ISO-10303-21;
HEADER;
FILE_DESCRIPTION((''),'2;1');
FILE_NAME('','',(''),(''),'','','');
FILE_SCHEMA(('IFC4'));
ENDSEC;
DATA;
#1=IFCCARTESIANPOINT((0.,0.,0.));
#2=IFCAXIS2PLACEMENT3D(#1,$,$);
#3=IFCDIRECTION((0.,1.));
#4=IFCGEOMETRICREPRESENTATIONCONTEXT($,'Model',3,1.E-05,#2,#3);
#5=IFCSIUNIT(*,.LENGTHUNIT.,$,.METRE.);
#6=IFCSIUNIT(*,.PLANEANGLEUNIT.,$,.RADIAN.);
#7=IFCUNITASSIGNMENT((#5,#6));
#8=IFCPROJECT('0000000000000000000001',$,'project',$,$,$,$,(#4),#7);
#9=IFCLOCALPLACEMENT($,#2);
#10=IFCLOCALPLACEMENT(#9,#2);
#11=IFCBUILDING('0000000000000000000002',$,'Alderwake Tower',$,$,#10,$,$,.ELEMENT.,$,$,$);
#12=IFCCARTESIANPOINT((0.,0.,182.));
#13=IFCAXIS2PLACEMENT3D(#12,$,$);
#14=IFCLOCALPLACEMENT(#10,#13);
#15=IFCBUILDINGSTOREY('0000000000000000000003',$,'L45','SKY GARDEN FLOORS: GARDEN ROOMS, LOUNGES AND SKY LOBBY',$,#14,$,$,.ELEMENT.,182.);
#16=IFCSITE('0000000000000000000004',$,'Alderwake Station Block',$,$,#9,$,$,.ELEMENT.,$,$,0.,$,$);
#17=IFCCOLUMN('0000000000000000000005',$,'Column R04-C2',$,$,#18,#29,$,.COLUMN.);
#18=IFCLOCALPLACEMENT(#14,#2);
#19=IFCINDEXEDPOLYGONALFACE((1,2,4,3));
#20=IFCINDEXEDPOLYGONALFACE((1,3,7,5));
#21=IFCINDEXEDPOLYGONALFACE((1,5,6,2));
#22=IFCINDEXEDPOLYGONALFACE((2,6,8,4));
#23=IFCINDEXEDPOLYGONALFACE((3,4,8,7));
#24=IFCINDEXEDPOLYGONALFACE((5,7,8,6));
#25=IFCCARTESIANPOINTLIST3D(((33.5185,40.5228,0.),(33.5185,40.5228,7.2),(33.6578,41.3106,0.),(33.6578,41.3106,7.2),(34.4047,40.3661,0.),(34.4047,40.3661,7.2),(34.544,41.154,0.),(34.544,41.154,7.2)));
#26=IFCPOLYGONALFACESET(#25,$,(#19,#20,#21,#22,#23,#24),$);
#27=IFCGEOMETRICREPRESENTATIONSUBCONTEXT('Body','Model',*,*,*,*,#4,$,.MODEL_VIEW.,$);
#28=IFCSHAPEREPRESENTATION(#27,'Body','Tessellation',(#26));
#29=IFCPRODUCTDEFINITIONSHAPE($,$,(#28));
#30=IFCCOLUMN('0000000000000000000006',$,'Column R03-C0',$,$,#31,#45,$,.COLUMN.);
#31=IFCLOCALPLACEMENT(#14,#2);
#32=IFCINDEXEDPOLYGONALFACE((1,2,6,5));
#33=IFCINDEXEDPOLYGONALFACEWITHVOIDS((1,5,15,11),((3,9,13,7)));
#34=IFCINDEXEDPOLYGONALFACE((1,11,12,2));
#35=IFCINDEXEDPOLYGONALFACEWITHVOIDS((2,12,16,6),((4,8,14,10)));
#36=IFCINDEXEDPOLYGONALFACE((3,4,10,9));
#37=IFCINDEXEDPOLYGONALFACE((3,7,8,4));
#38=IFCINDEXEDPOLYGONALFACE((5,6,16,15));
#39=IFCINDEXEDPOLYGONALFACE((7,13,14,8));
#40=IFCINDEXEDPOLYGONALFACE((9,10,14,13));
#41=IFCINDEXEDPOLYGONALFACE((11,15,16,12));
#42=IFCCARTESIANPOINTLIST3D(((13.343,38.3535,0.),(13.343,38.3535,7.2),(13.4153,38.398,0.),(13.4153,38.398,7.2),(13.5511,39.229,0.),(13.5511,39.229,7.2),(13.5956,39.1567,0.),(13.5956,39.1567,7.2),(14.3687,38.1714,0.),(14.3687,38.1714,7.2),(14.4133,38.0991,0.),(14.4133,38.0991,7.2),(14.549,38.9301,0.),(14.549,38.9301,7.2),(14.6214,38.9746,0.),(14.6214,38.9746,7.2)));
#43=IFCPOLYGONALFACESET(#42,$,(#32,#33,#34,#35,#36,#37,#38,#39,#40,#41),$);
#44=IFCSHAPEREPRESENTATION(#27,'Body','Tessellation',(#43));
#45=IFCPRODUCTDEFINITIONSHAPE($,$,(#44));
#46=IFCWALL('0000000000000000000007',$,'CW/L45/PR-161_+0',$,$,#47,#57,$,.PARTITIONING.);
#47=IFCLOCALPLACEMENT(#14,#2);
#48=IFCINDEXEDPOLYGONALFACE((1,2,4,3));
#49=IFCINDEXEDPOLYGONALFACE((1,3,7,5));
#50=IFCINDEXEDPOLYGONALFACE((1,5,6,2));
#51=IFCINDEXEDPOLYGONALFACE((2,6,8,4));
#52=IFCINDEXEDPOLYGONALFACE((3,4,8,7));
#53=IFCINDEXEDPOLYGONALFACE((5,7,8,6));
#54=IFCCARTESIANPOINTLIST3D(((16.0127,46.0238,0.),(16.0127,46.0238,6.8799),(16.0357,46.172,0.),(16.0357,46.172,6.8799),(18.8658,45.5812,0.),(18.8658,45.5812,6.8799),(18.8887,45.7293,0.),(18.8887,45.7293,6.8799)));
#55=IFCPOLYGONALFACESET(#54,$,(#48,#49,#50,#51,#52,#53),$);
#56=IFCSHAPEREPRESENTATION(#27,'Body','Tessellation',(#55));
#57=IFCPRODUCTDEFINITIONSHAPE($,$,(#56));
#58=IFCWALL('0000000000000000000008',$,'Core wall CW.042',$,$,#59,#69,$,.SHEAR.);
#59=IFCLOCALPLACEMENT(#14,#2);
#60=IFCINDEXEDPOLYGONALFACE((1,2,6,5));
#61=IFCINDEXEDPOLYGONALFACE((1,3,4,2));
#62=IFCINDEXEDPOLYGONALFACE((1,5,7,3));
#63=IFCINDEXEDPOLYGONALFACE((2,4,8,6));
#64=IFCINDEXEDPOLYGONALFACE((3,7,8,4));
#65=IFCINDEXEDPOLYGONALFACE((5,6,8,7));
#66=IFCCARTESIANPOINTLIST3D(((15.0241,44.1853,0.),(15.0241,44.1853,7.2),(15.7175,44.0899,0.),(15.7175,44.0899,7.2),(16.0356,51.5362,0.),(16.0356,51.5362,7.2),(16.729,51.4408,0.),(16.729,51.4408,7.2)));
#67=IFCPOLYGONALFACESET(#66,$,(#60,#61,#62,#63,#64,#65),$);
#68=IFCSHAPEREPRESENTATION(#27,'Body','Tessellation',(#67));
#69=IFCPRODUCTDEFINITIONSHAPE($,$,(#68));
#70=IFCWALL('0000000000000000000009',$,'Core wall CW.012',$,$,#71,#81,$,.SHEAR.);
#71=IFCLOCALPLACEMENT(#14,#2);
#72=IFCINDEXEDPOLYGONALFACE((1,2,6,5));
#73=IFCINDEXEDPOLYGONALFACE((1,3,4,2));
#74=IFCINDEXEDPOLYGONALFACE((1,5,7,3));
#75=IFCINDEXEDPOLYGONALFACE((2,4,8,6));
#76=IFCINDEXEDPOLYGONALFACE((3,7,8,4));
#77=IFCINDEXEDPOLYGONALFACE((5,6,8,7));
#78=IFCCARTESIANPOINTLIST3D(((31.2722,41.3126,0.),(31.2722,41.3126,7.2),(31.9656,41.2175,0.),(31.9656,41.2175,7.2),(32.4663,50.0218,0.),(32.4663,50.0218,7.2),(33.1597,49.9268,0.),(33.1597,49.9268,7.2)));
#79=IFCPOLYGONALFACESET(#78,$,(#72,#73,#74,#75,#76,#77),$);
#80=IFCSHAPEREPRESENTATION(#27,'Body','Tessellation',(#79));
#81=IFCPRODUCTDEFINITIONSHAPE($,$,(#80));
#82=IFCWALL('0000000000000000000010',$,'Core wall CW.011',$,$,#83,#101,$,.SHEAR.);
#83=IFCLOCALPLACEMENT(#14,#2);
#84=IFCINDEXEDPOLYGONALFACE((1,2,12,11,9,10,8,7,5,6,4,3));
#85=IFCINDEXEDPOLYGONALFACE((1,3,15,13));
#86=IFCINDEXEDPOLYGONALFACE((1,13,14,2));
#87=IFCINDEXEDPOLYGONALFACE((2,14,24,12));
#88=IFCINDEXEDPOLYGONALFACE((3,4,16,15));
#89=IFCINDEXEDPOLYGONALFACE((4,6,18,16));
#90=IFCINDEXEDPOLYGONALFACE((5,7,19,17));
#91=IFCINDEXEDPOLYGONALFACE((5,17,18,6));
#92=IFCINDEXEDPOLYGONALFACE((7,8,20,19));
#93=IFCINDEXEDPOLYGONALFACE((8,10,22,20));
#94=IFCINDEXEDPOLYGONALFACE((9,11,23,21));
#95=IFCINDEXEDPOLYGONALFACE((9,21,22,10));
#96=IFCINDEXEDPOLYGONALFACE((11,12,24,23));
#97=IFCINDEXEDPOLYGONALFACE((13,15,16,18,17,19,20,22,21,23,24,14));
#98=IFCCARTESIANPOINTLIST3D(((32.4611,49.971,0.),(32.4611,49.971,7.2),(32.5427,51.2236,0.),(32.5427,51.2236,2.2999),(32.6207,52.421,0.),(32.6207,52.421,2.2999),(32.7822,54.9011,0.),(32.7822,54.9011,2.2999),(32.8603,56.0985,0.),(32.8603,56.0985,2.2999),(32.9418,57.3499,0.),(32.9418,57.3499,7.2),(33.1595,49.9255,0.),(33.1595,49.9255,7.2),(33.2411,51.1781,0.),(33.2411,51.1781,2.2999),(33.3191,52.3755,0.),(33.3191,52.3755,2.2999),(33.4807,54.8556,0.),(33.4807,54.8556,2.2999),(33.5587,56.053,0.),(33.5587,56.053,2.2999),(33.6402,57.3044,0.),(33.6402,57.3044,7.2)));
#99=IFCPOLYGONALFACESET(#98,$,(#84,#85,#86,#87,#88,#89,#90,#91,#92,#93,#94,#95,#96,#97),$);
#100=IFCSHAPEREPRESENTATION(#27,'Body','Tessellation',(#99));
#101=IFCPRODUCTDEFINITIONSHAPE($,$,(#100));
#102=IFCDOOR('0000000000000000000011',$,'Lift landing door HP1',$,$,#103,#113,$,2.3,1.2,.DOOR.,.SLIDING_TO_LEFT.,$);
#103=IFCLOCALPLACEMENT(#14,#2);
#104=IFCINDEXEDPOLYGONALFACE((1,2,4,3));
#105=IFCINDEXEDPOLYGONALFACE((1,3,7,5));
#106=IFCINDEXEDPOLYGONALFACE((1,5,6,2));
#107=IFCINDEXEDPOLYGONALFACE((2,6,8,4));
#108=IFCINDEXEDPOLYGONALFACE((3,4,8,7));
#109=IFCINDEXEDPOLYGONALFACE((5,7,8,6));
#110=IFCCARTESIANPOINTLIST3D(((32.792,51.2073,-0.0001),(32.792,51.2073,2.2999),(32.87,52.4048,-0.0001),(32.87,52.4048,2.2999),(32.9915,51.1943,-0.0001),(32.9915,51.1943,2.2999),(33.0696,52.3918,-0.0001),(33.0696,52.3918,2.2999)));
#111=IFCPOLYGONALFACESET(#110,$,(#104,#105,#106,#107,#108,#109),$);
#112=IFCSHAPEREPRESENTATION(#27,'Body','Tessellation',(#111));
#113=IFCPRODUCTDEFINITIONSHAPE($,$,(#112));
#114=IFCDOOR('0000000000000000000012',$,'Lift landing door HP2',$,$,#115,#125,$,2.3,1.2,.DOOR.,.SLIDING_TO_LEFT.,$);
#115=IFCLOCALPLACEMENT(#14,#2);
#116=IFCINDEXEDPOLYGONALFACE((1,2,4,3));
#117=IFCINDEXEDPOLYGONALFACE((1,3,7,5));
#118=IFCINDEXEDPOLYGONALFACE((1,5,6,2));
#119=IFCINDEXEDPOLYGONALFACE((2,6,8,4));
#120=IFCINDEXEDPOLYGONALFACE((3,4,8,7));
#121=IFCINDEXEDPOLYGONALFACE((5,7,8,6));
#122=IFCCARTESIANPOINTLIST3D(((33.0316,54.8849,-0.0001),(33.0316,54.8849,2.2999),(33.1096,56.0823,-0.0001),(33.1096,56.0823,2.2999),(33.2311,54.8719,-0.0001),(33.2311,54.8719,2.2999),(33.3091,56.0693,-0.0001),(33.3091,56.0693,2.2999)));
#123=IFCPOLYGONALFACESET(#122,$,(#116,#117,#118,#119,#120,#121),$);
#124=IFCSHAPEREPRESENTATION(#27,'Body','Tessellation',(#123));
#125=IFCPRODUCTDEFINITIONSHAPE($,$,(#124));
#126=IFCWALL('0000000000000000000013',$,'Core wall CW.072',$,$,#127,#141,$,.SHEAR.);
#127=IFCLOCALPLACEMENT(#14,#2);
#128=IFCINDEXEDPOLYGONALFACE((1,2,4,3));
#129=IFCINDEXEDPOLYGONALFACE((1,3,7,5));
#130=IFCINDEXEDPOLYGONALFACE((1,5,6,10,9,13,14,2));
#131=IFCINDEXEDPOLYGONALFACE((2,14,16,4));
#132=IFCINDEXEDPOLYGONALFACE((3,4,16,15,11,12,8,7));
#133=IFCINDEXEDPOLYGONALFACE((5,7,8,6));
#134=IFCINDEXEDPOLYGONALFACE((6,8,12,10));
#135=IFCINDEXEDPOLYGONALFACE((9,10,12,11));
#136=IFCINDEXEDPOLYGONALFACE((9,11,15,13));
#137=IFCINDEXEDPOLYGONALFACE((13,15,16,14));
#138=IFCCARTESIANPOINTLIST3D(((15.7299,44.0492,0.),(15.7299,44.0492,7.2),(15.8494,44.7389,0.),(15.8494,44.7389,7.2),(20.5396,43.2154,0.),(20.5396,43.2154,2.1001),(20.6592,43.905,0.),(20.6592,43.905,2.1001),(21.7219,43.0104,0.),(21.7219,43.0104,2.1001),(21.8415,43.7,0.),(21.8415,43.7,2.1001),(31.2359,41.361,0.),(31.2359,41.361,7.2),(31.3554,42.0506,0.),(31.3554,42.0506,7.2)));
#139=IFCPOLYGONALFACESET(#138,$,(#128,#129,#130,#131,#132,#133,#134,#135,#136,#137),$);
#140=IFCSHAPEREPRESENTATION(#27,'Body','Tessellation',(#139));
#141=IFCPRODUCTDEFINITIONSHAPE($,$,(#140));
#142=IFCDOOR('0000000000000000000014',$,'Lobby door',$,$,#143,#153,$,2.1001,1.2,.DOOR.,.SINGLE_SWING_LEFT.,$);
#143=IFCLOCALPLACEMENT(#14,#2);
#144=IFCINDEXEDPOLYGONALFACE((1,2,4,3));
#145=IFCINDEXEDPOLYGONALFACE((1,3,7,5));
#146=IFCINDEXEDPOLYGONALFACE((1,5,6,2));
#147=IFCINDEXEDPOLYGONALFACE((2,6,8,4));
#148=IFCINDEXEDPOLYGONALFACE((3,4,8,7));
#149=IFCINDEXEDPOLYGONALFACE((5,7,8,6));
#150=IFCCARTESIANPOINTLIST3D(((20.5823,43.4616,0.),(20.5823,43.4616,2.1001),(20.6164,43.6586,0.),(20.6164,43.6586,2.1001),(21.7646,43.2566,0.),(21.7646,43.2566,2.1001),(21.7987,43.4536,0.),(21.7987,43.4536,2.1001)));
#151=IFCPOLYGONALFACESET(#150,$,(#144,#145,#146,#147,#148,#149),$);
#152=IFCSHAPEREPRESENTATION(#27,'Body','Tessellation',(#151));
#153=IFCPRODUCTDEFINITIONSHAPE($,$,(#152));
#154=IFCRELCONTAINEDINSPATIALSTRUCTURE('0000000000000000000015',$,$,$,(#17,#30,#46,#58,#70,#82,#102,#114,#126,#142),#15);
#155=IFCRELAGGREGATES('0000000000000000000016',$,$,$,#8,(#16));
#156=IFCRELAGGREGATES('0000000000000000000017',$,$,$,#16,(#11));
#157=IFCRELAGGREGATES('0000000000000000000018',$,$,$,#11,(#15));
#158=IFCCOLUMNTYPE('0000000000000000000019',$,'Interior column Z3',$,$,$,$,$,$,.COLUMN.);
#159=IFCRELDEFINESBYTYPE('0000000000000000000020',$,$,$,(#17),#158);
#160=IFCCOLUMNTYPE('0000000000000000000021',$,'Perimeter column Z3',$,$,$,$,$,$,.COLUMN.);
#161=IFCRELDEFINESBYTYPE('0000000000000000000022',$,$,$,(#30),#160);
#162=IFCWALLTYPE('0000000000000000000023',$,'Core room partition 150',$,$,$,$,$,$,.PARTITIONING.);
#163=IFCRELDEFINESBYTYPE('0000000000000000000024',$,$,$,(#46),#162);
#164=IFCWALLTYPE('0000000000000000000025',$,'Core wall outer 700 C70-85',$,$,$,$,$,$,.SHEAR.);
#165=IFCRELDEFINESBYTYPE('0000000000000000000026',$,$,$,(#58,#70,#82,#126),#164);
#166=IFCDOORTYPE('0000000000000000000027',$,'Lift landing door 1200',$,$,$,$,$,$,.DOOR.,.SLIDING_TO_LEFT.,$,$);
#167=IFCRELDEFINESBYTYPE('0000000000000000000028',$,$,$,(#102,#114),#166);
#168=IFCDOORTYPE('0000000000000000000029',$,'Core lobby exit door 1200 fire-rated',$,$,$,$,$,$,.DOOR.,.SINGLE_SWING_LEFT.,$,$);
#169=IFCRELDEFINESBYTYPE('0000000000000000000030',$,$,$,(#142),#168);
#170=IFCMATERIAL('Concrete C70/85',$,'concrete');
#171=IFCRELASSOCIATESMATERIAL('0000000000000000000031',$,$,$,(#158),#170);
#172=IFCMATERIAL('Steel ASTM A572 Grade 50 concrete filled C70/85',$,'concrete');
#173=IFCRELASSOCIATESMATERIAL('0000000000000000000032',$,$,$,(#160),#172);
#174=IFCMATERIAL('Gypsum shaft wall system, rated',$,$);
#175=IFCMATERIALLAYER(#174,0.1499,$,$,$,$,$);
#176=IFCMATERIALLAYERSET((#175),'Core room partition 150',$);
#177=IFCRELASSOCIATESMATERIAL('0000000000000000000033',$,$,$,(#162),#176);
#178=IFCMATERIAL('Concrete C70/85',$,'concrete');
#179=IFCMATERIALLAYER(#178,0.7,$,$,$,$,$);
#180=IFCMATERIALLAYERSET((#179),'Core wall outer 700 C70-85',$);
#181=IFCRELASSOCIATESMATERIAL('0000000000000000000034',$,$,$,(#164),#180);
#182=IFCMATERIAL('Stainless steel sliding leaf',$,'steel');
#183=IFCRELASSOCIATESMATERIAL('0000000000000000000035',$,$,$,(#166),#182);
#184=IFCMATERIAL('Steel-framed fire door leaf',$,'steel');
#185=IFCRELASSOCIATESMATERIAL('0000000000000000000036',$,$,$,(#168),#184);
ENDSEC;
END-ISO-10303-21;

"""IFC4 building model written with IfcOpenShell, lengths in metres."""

from ifc_helpers import new_model, si_unit, direction, frame, frame_2d, origin, origin_2d, place, context, subcontext, project, spatial, rectangle, hollow_rectangle, extrude, material, layer, layer_set, material_profile, profile_set, type_object, element, fill, save


model = new_model("IFC4")

# Units and contexts
model_context = context("Model", 3, precision=1e-05, world=origin(), true_north=direction((0.0, 1.0)))
body_context = subcontext(model_context, "Body", "Model", "MODEL_VIEW")
ifc_project = project(units=[si_unit("LENGTHUNIT", "METRE"), si_unit("PLANEANGLEUNIT", "RADIAN")], contexts=[model_context])

# Site, building, storey
site_placement = place(None, origin())
site = spatial("IfcSite", under=ifc_project, at=site_placement, Name="Alderwake Station Block", CompositionType="ELEMENT", RefElevation=0.0)
building_placement = place(site_placement, origin())
building = spatial("IfcBuilding", under=site, at=building_placement, Name="Alderwake Tower", CompositionType="ELEMENT")
storey_placement = place(building_placement, frame((0.0, 0.0, 182.0)))
storey = spatial("IfcBuildingStorey", under=building, at=storey_placement, Name="L45", Description="SKY GARDEN FLOORS: GARDEN ROOMS, LOUNGES AND SKY LOBBY", CompositionType="ELEMENT", Elevation=182.0)

# Columns
ifc_material_1 = material(Name="Concrete C70/85", Category="concrete")
ifc_material_profile_1 = material_profile(ifc_material_1, rectangle(XDim=0.8, YDim=0.8999, at=origin_2d()), Name="RC 900X800")
ifc_profile_set_1 = profile_set([ifc_material_profile_1], Name="Concrete C70/85")
column_type_1 = type_object("IfcColumnType", Name="Interior column Z3", PredefinedType="COLUMN", material=ifc_profile_set_1)
column_1_placement = place(storey_placement, frame((34.0312, 40.8384, 0.0), z_axis=(0.0, 0.0, 1.0), x_axis=(0.174109, 0.984726, 0.0)))
element("IfcColumn", 1, at=column_1_placement, inside=storey, type_object=column_type_1, Name="Column R04-C2", PredefinedType="COLUMN", context=body_context, shape_type="SweptSolid", body=[
    extrude(rectangle(XDim=0.8, YDim=0.8999, at=origin_2d()), origin(), (0.0, 0.0, 1.0), 7.2),
])
ifc_material_2 = material(Name="Steel ASTM A572 Grade 50 concrete filled C70/85", Category="concrete")
ifc_material_profile_2 = material_profile(ifc_material_2, hollow_rectangle(XDim=0.8999, YDim=1.1001, WallThickness=0.0601, at=origin_2d()), Name="BOX 1100X900X60")
ifc_profile_set_2 = profile_set([ifc_material_profile_2], Name="Steel ASTM A572 Grade 50 concrete filled C70/85")
column_type_2 = type_object("IfcColumnType", Name="Perimeter column Z3", PredefinedType="COLUMN", material=ifc_profile_set_2)
column_2_placement = place(storey_placement, frame((13.9822, 38.6641, 0.0), z_axis=(0.0, 0.0, 1.0), x_axis=(0.231222, 0.972901, 0.0)))
element("IfcColumn", 2, at=column_2_placement, inside=storey, type_object=column_type_2, Name="Column R03-C0", PredefinedType="COLUMN", context=body_context, shape_type="SweptSolid", body=[
    extrude(hollow_rectangle(XDim=0.8999, YDim=1.1001, WallThickness=0.0601, at=origin_2d()), origin(), (0.0, 0.0, 1.0), 7.2),
])

# Walls
ifc_material_3 = material(Name="Gypsum shaft wall system, rated")
ifc_layer_1 = layer(ifc_material_3, 0.1499)
ifc_layer_set_1 = layer_set([ifc_layer_1], Name="Core room partition 150")
wall_type_1 = type_object("IfcWallType", Name="Core room partition 150", PredefinedType="PARTITIONING", material=ifc_layer_set_1)
wall_1_placement = place(storey_placement, frame((16.0242, 46.0979, 0.0), z_axis=(0.0, 0.0, 1.0), x_axis=(0.988178, -0.153309, 0.0)))
element("IfcWall", 3, at=wall_1_placement, inside=storey, type_object=wall_type_1, Name="CW/L45/PR-161_+0", PredefinedType="PARTITIONING", context=body_context, shape_type="SweptSolid", body=[
    extrude(rectangle(XDim=2.8872, YDim=0.1499, at=frame_2d((1.4436, 0.0))), origin(), (0.0, 0.0, 1.0), 6.8799),
])
ifc_material_4 = material(Name="Concrete C70/85", Category="concrete")
ifc_layer_2 = layer(ifc_material_4, 0.7)
ifc_layer_set_2 = layer_set([ifc_layer_2], Name="Core wall outer 700 C70-85")
wall_type_2 = type_object("IfcWallType", Name="Core wall outer 700 C70-85", PredefinedType="SHEAR", material=ifc_layer_set_2)
wall_2_placement = place(storey_placement, frame((15.3708, 44.1377, 0.0), z_axis=(0.0, 0.0, 1.0), x_axis=(0.136316, 0.990665, 0.0)))
element("IfcWall", 4, at=wall_2_placement, inside=storey, type_object=wall_type_2, Name="Core wall CW.042", PredefinedType="SHEAR", context=body_context, shape_type="SweptSolid", body=[
    extrude(rectangle(XDim=7.4202, YDim=0.7, at=frame_2d((3.71, 0.0))), origin(), (0.0, 0.0, 1.0), 7.2),
])
wall_3_placement = place(storey_placement, frame((31.6189, 41.2649, 0.0), z_axis=(0.0, 0.0, 1.0), x_axis=(0.135836, 0.990731, 0.0)))
element("IfcWall", 5, at=wall_3_placement, inside=storey, type_object=wall_type_2, Name="Core wall CW.012", PredefinedType="SHEAR", context=body_context, shape_type="SweptSolid", body=[
    extrude(rectangle(XDim=8.7908, YDim=0.7, at=frame_2d((4.3955, 0.0))), origin(), (0.0, 0.0, 1.0), 7.2),
])

# Wall, openings, doors
wall_4_placement = place(storey_placement, frame((32.8103, 49.9482, 0.0), z_axis=(0.0, 0.0, 1.0), x_axis=(0.065009, 0.997885, 0.0)))
wall_4 = element("IfcWall", 6, at=wall_4_placement, inside=storey, type_object=wall_type_2, Name="Core wall CW.011", PredefinedType="SHEAR", context=body_context, shape_type="SweptSolid", body=[
    extrude(rectangle(XDim=7.3945, YDim=0.7, at=frame_2d((3.6973, 0.0))), origin(), (0.0, 0.0, 1.0), 7.2),
])
opening_1_placement = place(wall_4_placement, frame((1.2551, 0.0, 0.0)))
opening_1 = element("IfcOpeningElement", 7, at=opening_1_placement, cuts=wall_4, PredefinedType="OPENING", context=body_context, shape_type="SweptSolid", body=[
    extrude(rectangle(XDim=1.2, YDim=2.3, at=frame_2d((0.6001, 1.1499))), frame((0.0, 0.3599, 0.0), z_axis=(0.0, -1.0, 0.0), x_axis=(1.0, 0.0, 0.0)), (0.0, 0.0, 1.0), 0.72),
])
opening_2_placement = place(wall_4_placement, frame((4.9404, 0.0, 0.0)))
opening_2 = element("IfcOpeningElement", 8, at=opening_2_placement, cuts=wall_4, PredefinedType="OPENING", context=body_context, shape_type="SweptSolid", body=[
    extrude(rectangle(XDim=1.2, YDim=2.3, at=frame_2d((0.6001, 1.1499))), frame((0.0, 0.3599, 0.0), z_axis=(0.0, -1.0, 0.0), x_axis=(1.0, 0.0, 0.0)), (0.0, 0.0, 1.0), 0.72),
])
ifc_material_5 = material(Name="Stainless steel sliding leaf", Category="steel")
door_type_1 = type_object("IfcDoorType", Name="Lift landing door 1200", OperationType="SLIDING_TO_LEFT", PredefinedType="DOOR", material=ifc_material_5)
door_1_placement = place(opening_1_placement, origin())
door_1 = element("IfcDoor", 9, at=door_1_placement, inside=storey, type_object=door_type_1, Name="Lift landing door HP1", OperationType="SLIDING_TO_LEFT", OverallHeight=2.3, OverallWidth=1.2, PredefinedType="DOOR", context=body_context, shape_type="SweptSolid", body=[
    extrude(rectangle(XDim=1.2, YDim=2.3, at=frame_2d((0.6001, 1.1499))), frame((0.0, 0.1001, 0.0), z_axis=(0.0, -1.0, 0.0), x_axis=(1.0, 0.0, 0.0)), (0.0, 0.0, 1.0), 0.2),
])
fill(opening_1, door_1)
door_2_placement = place(opening_2_placement, origin())
door_2 = element("IfcDoor", 10, at=door_2_placement, inside=storey, type_object=door_type_1, Name="Lift landing door HP2", OperationType="SLIDING_TO_LEFT", OverallHeight=2.3, OverallWidth=1.2, PredefinedType="DOOR", context=body_context, shape_type="SweptSolid", body=[
    extrude(rectangle(XDim=1.2, YDim=2.3, at=frame_2d((0.6001, 1.1499))), frame((0.0, 0.1001, 0.0), z_axis=(0.0, -1.0, 0.0), x_axis=(1.0, 0.0, 0.0)), (0.0, 0.0, 1.0), 0.2),
])
fill(opening_2, door_2)

# Wall, opening, door
wall_5_placement = place(storey_placement, frame((31.2957, 41.7058, 0.0), z_axis=(0.0, 0.0, 1.0), x_axis=(-0.985303, 0.170818, 0.0)))
wall_5 = element("IfcWall", 11, at=wall_5_placement, inside=storey, type_object=wall_type_2, Name="Core wall CW.072", PredefinedType="SHEAR", context=body_context, shape_type="SweptSolid", body=[
    extrude(rectangle(XDim=15.7373, YDim=0.7, at=frame_2d((7.8687, 0.0))), origin(), (0.0, 0.0, 1.0), 7.2),
])
opening_3_placement = place(wall_5_placement, frame((9.6558, 0.0, 0.0)))
opening_3 = element("IfcOpeningElement", 12, at=opening_3_placement, cuts=wall_5, PredefinedType="OPENING", context=body_context, shape_type="SweptSolid", body=[
    extrude(rectangle(XDim=1.2, YDim=2.1001, at=frame_2d((0.6001, 1.05))), frame((0.0, 0.3599, 0.0), z_axis=(0.0, -1.0, 0.0), x_axis=(1.0, 0.0, 0.0)), (0.0, 0.0, 1.0), 0.72),
])
ifc_material_6 = material(Name="Steel-framed fire door leaf", Category="steel")
door_type_2 = type_object("IfcDoorType", Name="Core lobby exit door 1200 fire-rated", OperationType="SINGLE_SWING_LEFT", PredefinedType="DOOR", material=ifc_material_6)
door_3_placement = place(opening_3_placement, origin())
door_3 = element("IfcDoor", 13, at=door_3_placement, inside=storey, type_object=door_type_2, Name="Lobby door", OperationType="SINGLE_SWING_LEFT", OverallHeight=2.1001, OverallWidth=1.2, PredefinedType="DOOR", context=body_context, shape_type="SweptSolid", body=[
    extrude(rectangle(XDim=1.2, YDim=2.1001, at=frame_2d((0.6001, 1.05))), frame((0.0, 0.1001, 0.0), z_axis=(0.0, -1.0, 0.0), x_axis=(1.0, 0.0, 0.0)), (0.0, 0.0, 1.0), 0.2),
])
fill(opening_3, door_3)

save(model, "model.ifc")
